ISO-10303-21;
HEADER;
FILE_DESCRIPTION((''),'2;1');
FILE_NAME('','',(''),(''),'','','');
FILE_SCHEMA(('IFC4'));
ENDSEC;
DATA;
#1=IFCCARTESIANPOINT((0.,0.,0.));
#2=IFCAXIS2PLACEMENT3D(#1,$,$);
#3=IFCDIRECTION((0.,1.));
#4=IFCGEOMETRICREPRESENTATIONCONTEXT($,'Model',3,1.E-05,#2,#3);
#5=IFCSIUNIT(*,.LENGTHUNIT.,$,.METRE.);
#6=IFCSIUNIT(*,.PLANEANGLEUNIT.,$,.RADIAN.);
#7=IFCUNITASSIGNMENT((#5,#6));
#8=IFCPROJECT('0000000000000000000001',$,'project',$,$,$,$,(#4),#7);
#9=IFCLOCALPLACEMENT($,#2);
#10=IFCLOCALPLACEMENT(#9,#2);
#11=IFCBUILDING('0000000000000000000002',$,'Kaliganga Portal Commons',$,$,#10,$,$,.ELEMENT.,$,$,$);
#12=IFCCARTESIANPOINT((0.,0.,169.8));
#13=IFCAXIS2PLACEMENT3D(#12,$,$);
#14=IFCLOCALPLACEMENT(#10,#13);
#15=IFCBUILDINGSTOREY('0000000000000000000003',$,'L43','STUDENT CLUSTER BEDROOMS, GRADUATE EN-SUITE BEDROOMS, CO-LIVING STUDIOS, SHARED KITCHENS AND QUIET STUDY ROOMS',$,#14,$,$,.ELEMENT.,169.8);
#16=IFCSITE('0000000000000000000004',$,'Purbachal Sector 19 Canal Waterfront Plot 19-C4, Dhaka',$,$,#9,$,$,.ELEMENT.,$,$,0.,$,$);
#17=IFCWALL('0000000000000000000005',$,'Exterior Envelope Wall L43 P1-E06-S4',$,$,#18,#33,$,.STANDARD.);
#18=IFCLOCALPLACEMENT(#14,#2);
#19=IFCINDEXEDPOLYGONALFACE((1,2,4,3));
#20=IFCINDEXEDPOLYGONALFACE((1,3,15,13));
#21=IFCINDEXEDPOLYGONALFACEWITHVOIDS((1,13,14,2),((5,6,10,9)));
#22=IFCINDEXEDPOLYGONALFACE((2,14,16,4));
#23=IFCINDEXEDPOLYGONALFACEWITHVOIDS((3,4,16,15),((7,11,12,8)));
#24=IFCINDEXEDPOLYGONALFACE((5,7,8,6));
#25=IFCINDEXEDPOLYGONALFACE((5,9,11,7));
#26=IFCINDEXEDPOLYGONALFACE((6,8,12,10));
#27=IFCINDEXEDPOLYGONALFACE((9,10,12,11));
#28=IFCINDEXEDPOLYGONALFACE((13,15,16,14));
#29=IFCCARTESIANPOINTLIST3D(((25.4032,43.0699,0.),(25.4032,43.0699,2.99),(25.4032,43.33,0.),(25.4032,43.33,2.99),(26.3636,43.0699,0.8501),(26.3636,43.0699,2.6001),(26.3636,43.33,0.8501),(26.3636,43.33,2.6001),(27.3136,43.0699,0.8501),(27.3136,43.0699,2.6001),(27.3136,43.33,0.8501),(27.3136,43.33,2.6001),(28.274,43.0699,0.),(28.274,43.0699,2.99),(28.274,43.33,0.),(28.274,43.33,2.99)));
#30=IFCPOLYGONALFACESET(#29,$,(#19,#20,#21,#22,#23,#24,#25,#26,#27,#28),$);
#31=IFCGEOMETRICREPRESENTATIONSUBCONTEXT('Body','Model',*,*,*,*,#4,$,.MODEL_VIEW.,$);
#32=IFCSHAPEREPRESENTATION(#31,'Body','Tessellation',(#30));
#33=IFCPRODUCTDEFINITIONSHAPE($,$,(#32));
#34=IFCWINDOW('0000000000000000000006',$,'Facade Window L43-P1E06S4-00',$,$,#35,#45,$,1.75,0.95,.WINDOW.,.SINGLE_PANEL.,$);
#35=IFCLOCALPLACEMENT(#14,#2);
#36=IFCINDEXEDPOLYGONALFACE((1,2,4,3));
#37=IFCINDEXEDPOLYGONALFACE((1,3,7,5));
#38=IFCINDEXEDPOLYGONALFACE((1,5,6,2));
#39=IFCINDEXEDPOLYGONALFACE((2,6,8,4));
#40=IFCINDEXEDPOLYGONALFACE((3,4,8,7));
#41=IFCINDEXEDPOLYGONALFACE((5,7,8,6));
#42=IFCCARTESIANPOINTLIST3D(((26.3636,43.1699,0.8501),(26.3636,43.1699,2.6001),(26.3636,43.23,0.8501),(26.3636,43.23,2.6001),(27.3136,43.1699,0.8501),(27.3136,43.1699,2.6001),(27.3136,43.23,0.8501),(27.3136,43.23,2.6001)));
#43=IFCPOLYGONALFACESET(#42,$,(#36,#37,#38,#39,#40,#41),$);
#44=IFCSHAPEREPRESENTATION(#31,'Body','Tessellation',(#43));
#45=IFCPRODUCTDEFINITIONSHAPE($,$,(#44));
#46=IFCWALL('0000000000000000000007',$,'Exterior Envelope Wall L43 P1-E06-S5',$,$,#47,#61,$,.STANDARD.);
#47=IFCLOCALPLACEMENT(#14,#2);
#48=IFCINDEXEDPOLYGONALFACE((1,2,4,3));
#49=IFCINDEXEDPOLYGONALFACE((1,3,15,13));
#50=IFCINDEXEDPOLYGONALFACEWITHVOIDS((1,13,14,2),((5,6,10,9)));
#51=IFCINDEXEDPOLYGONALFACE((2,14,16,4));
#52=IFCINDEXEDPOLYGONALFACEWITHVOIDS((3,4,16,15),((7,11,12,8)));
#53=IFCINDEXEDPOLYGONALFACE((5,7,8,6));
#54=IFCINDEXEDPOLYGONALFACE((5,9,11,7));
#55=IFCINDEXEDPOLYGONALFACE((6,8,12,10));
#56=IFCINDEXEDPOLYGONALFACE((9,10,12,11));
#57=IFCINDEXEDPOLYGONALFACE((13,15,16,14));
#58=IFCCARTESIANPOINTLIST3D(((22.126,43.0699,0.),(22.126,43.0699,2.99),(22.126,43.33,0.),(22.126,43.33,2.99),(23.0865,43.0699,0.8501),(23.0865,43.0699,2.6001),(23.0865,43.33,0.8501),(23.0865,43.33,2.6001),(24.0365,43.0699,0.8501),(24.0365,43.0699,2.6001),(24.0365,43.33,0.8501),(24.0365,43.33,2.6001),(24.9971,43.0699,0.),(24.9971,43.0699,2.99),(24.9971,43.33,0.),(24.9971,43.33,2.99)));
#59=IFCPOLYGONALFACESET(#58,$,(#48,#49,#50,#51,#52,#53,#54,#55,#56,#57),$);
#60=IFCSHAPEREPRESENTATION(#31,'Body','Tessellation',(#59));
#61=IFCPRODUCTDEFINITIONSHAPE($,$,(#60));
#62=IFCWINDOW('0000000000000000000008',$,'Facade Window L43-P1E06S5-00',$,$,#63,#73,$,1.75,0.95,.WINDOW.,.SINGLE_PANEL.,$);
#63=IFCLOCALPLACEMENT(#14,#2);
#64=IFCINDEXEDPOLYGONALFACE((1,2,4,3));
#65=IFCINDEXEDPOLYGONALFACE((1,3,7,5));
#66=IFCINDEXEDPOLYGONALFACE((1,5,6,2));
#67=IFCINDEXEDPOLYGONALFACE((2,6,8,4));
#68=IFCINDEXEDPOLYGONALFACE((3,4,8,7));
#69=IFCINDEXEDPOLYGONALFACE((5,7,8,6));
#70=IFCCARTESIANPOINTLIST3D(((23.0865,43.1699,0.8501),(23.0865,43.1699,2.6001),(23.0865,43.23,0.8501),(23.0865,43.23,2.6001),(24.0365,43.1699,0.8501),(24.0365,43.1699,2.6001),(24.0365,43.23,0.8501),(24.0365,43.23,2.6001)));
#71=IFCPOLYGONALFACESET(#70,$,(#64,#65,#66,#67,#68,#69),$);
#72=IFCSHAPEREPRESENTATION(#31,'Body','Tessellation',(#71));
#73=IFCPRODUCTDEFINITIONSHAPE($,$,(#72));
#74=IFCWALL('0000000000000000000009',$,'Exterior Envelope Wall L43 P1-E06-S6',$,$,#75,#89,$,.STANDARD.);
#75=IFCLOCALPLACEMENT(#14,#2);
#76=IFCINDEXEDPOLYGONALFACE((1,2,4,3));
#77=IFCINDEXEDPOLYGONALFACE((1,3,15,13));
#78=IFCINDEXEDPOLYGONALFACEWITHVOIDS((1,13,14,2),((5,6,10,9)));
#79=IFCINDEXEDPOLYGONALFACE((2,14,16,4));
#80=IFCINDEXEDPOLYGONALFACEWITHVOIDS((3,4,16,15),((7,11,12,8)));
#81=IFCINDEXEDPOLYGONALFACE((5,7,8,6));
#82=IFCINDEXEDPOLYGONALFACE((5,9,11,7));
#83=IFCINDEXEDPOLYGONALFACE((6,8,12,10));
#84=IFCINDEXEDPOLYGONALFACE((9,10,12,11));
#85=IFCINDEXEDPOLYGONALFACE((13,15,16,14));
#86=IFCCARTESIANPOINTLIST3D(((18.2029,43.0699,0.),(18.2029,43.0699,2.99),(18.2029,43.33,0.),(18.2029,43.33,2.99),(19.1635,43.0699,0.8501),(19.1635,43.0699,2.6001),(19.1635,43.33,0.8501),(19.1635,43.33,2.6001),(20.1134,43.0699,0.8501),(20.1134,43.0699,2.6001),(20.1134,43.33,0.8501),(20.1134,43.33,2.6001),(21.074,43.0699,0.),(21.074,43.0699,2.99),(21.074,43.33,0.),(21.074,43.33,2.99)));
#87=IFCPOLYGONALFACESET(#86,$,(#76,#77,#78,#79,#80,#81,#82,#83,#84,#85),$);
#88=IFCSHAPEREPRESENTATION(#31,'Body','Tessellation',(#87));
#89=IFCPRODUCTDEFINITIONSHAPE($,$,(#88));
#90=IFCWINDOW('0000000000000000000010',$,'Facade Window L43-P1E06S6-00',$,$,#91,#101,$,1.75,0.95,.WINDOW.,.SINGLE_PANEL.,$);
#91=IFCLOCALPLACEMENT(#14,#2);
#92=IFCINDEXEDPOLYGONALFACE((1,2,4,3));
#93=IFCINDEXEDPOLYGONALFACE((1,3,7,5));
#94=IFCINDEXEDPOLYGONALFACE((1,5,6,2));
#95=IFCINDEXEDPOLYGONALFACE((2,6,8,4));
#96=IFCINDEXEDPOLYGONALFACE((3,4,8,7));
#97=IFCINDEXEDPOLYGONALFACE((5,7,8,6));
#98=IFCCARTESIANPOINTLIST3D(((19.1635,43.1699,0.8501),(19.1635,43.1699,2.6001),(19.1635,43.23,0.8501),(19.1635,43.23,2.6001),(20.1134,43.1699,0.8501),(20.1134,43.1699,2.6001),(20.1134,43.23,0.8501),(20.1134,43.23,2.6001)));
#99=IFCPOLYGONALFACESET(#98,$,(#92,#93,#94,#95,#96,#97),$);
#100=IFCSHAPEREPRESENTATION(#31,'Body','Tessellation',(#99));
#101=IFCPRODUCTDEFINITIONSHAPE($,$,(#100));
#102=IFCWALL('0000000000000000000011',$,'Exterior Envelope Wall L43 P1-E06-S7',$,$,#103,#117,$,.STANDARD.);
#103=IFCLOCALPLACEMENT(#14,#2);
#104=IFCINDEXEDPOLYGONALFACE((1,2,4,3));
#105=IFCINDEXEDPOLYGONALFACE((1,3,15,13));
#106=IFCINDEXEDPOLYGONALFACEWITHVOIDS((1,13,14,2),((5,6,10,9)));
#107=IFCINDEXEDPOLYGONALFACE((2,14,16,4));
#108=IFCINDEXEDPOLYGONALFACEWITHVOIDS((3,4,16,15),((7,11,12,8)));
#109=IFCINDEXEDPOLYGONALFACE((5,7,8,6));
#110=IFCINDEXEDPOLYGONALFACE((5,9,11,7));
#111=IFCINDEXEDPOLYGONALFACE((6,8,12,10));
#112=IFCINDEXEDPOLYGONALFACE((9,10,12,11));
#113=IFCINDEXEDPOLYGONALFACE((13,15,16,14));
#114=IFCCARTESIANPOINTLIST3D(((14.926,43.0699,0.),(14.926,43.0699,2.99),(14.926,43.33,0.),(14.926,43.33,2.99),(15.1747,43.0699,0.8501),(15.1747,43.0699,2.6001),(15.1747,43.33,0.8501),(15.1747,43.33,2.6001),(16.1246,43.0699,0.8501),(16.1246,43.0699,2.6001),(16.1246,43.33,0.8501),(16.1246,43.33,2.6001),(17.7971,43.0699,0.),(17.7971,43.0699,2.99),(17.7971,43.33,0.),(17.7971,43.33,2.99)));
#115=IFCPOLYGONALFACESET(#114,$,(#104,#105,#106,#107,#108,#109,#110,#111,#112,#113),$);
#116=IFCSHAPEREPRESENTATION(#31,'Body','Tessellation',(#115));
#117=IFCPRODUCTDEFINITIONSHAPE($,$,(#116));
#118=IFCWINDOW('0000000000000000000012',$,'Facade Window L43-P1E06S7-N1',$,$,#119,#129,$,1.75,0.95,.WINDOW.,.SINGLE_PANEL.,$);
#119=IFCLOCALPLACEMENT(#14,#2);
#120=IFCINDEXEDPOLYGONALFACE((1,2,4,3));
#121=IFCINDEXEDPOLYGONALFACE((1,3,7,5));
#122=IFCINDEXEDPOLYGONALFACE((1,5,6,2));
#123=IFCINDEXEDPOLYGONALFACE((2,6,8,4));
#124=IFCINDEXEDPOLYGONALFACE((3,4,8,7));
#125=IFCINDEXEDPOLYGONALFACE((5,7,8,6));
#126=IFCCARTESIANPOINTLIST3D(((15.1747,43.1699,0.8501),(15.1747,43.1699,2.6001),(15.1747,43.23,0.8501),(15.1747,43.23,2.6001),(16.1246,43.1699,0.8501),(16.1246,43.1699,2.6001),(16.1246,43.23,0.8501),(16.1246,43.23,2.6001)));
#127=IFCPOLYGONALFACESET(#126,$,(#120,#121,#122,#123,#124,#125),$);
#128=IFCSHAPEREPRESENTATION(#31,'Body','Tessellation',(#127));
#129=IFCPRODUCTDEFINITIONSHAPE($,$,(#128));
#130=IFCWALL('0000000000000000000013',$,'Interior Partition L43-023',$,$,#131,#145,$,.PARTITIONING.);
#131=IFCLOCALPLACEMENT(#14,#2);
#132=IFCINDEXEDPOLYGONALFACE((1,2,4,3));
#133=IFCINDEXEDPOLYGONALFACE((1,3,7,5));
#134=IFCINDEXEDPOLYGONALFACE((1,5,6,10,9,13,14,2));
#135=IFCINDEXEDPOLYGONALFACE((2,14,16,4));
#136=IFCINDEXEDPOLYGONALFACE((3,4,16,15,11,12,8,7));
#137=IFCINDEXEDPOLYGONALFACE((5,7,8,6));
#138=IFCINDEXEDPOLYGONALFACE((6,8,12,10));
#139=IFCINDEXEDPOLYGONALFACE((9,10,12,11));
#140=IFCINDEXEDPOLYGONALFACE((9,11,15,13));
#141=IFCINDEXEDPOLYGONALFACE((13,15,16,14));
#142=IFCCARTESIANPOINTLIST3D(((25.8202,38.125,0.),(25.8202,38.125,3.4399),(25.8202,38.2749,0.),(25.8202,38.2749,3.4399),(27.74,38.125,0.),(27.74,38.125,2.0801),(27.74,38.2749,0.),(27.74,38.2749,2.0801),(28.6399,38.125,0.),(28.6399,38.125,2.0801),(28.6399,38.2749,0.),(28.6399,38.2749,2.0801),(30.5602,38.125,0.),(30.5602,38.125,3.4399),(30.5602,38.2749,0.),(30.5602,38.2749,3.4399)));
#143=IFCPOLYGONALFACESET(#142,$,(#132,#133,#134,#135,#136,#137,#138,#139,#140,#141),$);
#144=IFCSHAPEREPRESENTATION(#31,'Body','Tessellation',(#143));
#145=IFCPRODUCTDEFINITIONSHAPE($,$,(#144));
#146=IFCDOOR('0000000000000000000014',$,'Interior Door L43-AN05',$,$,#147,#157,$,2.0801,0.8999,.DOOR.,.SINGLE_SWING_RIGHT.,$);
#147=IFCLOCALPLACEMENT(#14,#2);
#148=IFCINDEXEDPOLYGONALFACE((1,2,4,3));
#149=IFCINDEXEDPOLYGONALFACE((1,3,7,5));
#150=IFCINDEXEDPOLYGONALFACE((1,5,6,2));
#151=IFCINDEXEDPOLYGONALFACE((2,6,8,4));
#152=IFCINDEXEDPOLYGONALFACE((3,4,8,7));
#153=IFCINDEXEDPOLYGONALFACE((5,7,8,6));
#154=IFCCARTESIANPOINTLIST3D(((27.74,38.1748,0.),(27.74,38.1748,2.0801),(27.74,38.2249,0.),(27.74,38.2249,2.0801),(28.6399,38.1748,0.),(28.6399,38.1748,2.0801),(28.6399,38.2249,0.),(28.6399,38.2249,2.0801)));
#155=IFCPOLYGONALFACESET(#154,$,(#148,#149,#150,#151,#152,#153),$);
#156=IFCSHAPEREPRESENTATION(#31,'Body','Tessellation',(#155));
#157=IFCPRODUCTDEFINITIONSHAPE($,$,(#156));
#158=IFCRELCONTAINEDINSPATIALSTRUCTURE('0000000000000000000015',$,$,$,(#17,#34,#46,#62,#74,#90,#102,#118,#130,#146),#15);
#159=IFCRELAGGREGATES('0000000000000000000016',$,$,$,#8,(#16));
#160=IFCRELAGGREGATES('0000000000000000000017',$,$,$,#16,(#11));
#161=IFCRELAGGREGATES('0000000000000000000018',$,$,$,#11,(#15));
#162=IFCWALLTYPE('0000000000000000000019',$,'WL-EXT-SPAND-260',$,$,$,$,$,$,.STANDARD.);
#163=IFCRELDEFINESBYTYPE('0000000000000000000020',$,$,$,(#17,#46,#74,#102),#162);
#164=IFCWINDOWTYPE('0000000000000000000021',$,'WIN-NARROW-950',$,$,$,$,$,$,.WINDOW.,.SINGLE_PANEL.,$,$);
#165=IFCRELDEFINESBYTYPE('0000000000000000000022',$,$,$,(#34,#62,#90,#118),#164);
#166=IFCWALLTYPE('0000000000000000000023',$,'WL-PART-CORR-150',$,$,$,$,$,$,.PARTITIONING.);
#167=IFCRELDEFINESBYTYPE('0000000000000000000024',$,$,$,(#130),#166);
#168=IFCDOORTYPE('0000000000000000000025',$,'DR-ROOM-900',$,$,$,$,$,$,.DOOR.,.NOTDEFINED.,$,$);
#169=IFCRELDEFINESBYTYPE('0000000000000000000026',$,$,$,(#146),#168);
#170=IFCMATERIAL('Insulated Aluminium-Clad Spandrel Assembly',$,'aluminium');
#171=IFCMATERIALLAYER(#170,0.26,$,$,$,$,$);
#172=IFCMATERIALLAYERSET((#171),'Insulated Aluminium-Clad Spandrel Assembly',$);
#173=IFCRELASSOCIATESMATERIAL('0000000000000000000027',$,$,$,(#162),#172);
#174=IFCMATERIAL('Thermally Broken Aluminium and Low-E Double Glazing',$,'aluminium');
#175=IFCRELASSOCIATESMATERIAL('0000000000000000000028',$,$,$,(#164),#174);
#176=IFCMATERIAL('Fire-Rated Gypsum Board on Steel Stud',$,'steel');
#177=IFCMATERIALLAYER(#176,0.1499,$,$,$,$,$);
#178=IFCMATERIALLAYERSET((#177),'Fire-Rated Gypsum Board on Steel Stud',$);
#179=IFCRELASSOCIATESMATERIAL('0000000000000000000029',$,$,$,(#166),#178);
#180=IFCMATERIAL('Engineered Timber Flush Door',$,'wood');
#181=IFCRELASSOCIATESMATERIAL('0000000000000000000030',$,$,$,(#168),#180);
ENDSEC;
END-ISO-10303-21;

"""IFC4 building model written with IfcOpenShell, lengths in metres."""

from ifc_helpers import new_model, si_unit, direction, frame, frame_2d, origin, place, context, subcontext, project, spatial, rectangle, extrude, material, layer, layer_set, type_object, element, fill, save


model = new_model("IFC4")

# Units and contexts
model_context = context("Model", 3, precision=1e-05, world=origin(), true_north=direction((0.0, 1.0)))
body_context = subcontext(model_context, "Body", "Model", "MODEL_VIEW")
ifc_project = project(units=[si_unit("LENGTHUNIT", "METRE"), si_unit("PLANEANGLEUNIT", "RADIAN")], contexts=[model_context])

# Site, building, storey
site_placement = place(None, origin())
site = spatial("IfcSite", under=ifc_project, at=site_placement, Name="Purbachal Sector 19 Canal Waterfront Plot 19-C4, Dhaka", CompositionType="ELEMENT", RefElevation=0.0)
building_placement = place(site_placement, origin())
building = spatial("IfcBuilding", under=site, at=building_placement, Name="Kaliganga Portal Commons", CompositionType="ELEMENT")
storey_placement = place(building_placement, frame((0.0, 0.0, 169.8)))
storey = spatial("IfcBuildingStorey", under=building, at=storey_placement, Name="L43", Description="STUDENT CLUSTER BEDROOMS, GRADUATE EN-SUITE BEDROOMS, CO-LIVING STUDIOS, SHARED KITCHENS AND QUIET STUDY ROOMS", CompositionType="ELEMENT", Elevation=169.8)

# Walls, openings, windows
ifc_material_1 = material(Name="Insulated Aluminium-Clad Spandrel Assembly", Category="aluminium")
ifc_layer_1 = layer(ifc_material_1, 0.26)
ifc_layer_set_1 = layer_set([ifc_layer_1], Name="Insulated Aluminium-Clad Spandrel Assembly")
wall_type_1 = type_object("IfcWallType", Name="WL-EXT-SPAND-260", PredefinedType="STANDARD", material=ifc_layer_set_1)
wall_1_placement = place(storey_placement, frame((25.4031, 43.2, 0.0), z_axis=(0.0, 0.0, 1.0), x_axis=(1.0, 0.0, 0.0)))
wall_1 = element("IfcWall", 1, at=wall_1_placement, inside=storey, type_object=wall_type_1, Name="Exterior Envelope Wall L43 P1-E06-S4", PredefinedType="STANDARD", context=body_context, shape_type="SweptSolid", body=[
    extrude(rectangle(XDim=2.8708, YDim=0.26, at=frame_2d((1.4355, 0.0))), origin(), (0.0, 0.0, 1.0), 2.99),
])
opening_1_placement = place(wall_1_placement, frame((0.9604, 0.0, 0.8501)))
opening_1 = element("IfcOpeningElement", 2, at=opening_1_placement, cuts=wall_1, PredefinedType="OPENING", context=body_context, shape_type="SweptSolid", body=[
    extrude(rectangle(XDim=0.95, YDim=1.75, at=frame_2d((0.4751, 0.875))), frame((0.0, 0.1401, 0.0), z_axis=(0.0, -1.0, 0.0), x_axis=(1.0, 0.0, 0.0)), (0.0, 0.0, 1.0), 0.28),
])
ifc_material_2 = material(Name="Thermally Broken Aluminium and Low-E Double Glazing", Category="aluminium")
window_type = type_object("IfcWindowType", Name="WIN-NARROW-950", PartitioningType="SINGLE_PANEL", PredefinedType="WINDOW", material=ifc_material_2)
window_1_placement = place(opening_1_placement, origin())
window_1 = element("IfcWindow", 3, at=window_1_placement, inside=storey, type_object=window_type, Name="Facade Window L43-P1E06S4-00", OverallHeight=1.75, OverallWidth=0.95, PartitioningType="SINGLE_PANEL", PredefinedType="WINDOW", context=body_context, shape_type="SweptSolid", body=[
    extrude(rectangle(XDim=0.95, YDim=1.75, at=frame_2d((0.4751, 0.875))), frame((0.0, 0.03, 0.0), z_axis=(0.0, -1.0, 0.0), x_axis=(1.0, 0.0, 0.0)), (0.0, 0.0, 1.0), 0.0601),
])
fill(opening_1, window_1)
wall_2_placement = place(storey_placement, frame((22.126, 43.2, 0.0), z_axis=(0.0, 0.0, 1.0), x_axis=(1.0, 0.0, 0.0)))
wall_2 = element("IfcWall", 4, at=wall_2_placement, inside=storey, type_object=wall_type_1, Name="Exterior Envelope Wall L43 P1-E06-S5", PredefinedType="STANDARD", context=body_context, shape_type="SweptSolid", body=[
    extrude(rectangle(XDim=2.8711, YDim=0.26, at=frame_2d((1.4355, 0.0))), origin(), (0.0, 0.0, 1.0), 2.99),
])
opening_2_placement = place(wall_2_placement, frame((0.9604, 0.0, 0.8501)))
opening_2 = element("IfcOpeningElement", 5, at=opening_2_placement, cuts=wall_2, PredefinedType="OPENING", context=body_context, shape_type="SweptSolid", body=[
    extrude(rectangle(XDim=0.95, YDim=1.75, at=frame_2d((0.4751, 0.875))), frame((0.0, 0.1401, 0.0), z_axis=(0.0, -1.0, 0.0), x_axis=(1.0, 0.0, 0.0)), (0.0, 0.0, 1.0), 0.28),
])
window_2_placement = place(opening_2_placement, origin())
window_2 = element("IfcWindow", 6, at=window_2_placement, inside=storey, type_object=window_type, Name="Facade Window L43-P1E06S5-00", OverallHeight=1.75, OverallWidth=0.95, PartitioningType="SINGLE_PANEL", PredefinedType="WINDOW", context=body_context, shape_type="SweptSolid", body=[
    extrude(rectangle(XDim=0.95, YDim=1.75, at=frame_2d((0.4751, 0.875))), frame((0.0, 0.03, 0.0), z_axis=(0.0, -1.0, 0.0), x_axis=(1.0, 0.0, 0.0)), (0.0, 0.0, 1.0), 0.0601),
])
fill(opening_2, window_2)
wall_3_placement = place(storey_placement, frame((18.2029, 43.2, 0.0), z_axis=(0.0, 0.0, 1.0), x_axis=(1.0, 0.0, 0.0)))
wall_3 = element("IfcWall", 7, at=wall_3_placement, inside=storey, type_object=wall_type_1, Name="Exterior Envelope Wall L43 P1-E06-S6", PredefinedType="STANDARD", context=body_context, shape_type="SweptSolid", body=[
    extrude(rectangle(XDim=2.8711, YDim=0.26, at=frame_2d((1.4355, 0.0))), origin(), (0.0, 0.0, 1.0), 2.99),
])
opening_3_placement = place(wall_3_placement, frame((0.9604, 0.0, 0.8501)))
opening_3 = element("IfcOpeningElement", 8, at=opening_3_placement, cuts=wall_3, PredefinedType="OPENING", context=body_context, shape_type="SweptSolid", body=[
    extrude(rectangle(XDim=0.95, YDim=1.75, at=frame_2d((0.4751, 0.875))), frame((0.0, 0.1401, 0.0), z_axis=(0.0, -1.0, 0.0), x_axis=(1.0, 0.0, 0.0)), (0.0, 0.0, 1.0), 0.28),
])
window_3_placement = place(opening_3_placement, origin())
window_3 = element("IfcWindow", 9, at=window_3_placement, inside=storey, type_object=window_type, Name="Facade Window L43-P1E06S6-00", OverallHeight=1.75, OverallWidth=0.95, PartitioningType="SINGLE_PANEL", PredefinedType="WINDOW", context=body_context, shape_type="SweptSolid", body=[
    extrude(rectangle(XDim=0.95, YDim=1.75, at=frame_2d((0.4751, 0.875))), frame((0.0, 0.03, 0.0), z_axis=(0.0, -1.0, 0.0), x_axis=(1.0, 0.0, 0.0)), (0.0, 0.0, 1.0), 0.0601),
])
fill(opening_3, window_3)
wall_4_placement = place(storey_placement, frame((14.926, 43.2, 0.0), z_axis=(0.0, 0.0, 1.0), x_axis=(1.0, 0.0, 0.0)))
wall_4 = element("IfcWall", 10, at=wall_4_placement, inside=storey, type_object=wall_type_1, Name="Exterior Envelope Wall L43 P1-E06-S7", PredefinedType="STANDARD", context=body_context, shape_type="SweptSolid", body=[
    extrude(rectangle(XDim=2.8711, YDim=0.26, at=frame_2d((1.4355, 0.0))), origin(), (0.0, 0.0, 1.0), 2.99),
])
opening_4_placement = place(wall_4_placement, frame((0.2485, 0.0, 0.8501)))
opening_4 = element("IfcOpeningElement", 11, at=opening_4_placement, cuts=wall_4, PredefinedType="OPENING", context=body_context, shape_type="SweptSolid", body=[
    extrude(rectangle(XDim=0.95, YDim=1.75, at=frame_2d((0.4751, 0.875))), frame((0.0, 0.1401, 0.0), z_axis=(0.0, -1.0, 0.0), x_axis=(1.0, 0.0, 0.0)), (0.0, 0.0, 1.0), 0.28),
])
window_4_placement = place(opening_4_placement, origin())
window_4 = element("IfcWindow", 12, at=window_4_placement, inside=storey, type_object=window_type, Name="Facade Window L43-P1E06S7-N1", OverallHeight=1.75, OverallWidth=0.95, PartitioningType="SINGLE_PANEL", PredefinedType="WINDOW", context=body_context, shape_type="SweptSolid", body=[
    extrude(rectangle(XDim=0.95, YDim=1.75, at=frame_2d((0.4751, 0.875))), frame((0.0, 0.03, 0.0), z_axis=(0.0, -1.0, 0.0), x_axis=(1.0, 0.0, 0.0)), (0.0, 0.0, 1.0), 0.0601),
])
fill(opening_4, window_4)

# Wall, opening, door
ifc_material_3 = material(Name="Fire-Rated Gypsum Board on Steel Stud", Category="steel")
ifc_layer_2 = layer(ifc_material_3, 0.1499)
ifc_layer_set_2 = layer_set([ifc_layer_2], Name="Fire-Rated Gypsum Board on Steel Stud")
wall_type_2 = type_object("IfcWallType", Name="WL-PART-CORR-150", PredefinedType="PARTITIONING", material=ifc_layer_set_2)
wall_5_placement = place(storey_placement, frame((25.8201, 38.2, 0.0), z_axis=(0.0, 0.0, 1.0), x_axis=(1.0, 0.0, 0.0)))
wall_5 = element("IfcWall", 13, at=wall_5_placement, inside=storey, type_object=wall_type_2, Name="Interior Partition L43-023", PredefinedType="PARTITIONING", context=body_context, shape_type="SweptSolid", body=[
    extrude(rectangle(XDim=4.74, YDim=0.1499, at=frame_2d((2.3701, 0.0))), origin(), (0.0, 0.0, 1.0), 3.4399),
])
opening_5_placement = place(wall_5_placement, frame((1.9199, 0.0, 0.0)))
opening_5 = element("IfcOpeningElement", 14, at=opening_5_placement, cuts=wall_5, PredefinedType="OPENING", context=body_context, shape_type="SweptSolid", body=[
    extrude(rectangle(XDim=0.8999, YDim=2.0801, at=frame_2d((0.45, 1.04))), frame((0.0, 0.085, 0.0), z_axis=(0.0, -1.0, 0.0), x_axis=(1.0, 0.0, 0.0)), (0.0, 0.0, 1.0), 0.1699),
])
ifc_material_4 = material(Name="Engineered Timber Flush Door", Category="wood")
door_type_1 = type_object("IfcDoorType", Name="DR-ROOM-900", OperationType="NOTDEFINED", PredefinedType="DOOR", material=ifc_material_4)
door_1_placement = place(opening_5_placement, origin())
door_1 = element("IfcDoor", 15, at=door_1_placement, inside=storey, type_object=door_type_1, Name="Interior Door L43-AN05", OperationType="SINGLE_SWING_RIGHT", OverallHeight=2.0801, OverallWidth=0.8999, PredefinedType="DOOR", context=body_context, shape_type="SweptSolid", body=[
    extrude(rectangle(XDim=0.8999, YDim=2.0801, at=frame_2d((0.45, 1.04))), frame((0.0, 0.0249, 0.0), z_axis=(0.0, -1.0, 0.0), x_axis=(1.0, 0.0, 0.0)), (0.0, 0.0, 1.0), 0.05),
])
fill(opening_5, door_1)

save(model, "model.ifc")
